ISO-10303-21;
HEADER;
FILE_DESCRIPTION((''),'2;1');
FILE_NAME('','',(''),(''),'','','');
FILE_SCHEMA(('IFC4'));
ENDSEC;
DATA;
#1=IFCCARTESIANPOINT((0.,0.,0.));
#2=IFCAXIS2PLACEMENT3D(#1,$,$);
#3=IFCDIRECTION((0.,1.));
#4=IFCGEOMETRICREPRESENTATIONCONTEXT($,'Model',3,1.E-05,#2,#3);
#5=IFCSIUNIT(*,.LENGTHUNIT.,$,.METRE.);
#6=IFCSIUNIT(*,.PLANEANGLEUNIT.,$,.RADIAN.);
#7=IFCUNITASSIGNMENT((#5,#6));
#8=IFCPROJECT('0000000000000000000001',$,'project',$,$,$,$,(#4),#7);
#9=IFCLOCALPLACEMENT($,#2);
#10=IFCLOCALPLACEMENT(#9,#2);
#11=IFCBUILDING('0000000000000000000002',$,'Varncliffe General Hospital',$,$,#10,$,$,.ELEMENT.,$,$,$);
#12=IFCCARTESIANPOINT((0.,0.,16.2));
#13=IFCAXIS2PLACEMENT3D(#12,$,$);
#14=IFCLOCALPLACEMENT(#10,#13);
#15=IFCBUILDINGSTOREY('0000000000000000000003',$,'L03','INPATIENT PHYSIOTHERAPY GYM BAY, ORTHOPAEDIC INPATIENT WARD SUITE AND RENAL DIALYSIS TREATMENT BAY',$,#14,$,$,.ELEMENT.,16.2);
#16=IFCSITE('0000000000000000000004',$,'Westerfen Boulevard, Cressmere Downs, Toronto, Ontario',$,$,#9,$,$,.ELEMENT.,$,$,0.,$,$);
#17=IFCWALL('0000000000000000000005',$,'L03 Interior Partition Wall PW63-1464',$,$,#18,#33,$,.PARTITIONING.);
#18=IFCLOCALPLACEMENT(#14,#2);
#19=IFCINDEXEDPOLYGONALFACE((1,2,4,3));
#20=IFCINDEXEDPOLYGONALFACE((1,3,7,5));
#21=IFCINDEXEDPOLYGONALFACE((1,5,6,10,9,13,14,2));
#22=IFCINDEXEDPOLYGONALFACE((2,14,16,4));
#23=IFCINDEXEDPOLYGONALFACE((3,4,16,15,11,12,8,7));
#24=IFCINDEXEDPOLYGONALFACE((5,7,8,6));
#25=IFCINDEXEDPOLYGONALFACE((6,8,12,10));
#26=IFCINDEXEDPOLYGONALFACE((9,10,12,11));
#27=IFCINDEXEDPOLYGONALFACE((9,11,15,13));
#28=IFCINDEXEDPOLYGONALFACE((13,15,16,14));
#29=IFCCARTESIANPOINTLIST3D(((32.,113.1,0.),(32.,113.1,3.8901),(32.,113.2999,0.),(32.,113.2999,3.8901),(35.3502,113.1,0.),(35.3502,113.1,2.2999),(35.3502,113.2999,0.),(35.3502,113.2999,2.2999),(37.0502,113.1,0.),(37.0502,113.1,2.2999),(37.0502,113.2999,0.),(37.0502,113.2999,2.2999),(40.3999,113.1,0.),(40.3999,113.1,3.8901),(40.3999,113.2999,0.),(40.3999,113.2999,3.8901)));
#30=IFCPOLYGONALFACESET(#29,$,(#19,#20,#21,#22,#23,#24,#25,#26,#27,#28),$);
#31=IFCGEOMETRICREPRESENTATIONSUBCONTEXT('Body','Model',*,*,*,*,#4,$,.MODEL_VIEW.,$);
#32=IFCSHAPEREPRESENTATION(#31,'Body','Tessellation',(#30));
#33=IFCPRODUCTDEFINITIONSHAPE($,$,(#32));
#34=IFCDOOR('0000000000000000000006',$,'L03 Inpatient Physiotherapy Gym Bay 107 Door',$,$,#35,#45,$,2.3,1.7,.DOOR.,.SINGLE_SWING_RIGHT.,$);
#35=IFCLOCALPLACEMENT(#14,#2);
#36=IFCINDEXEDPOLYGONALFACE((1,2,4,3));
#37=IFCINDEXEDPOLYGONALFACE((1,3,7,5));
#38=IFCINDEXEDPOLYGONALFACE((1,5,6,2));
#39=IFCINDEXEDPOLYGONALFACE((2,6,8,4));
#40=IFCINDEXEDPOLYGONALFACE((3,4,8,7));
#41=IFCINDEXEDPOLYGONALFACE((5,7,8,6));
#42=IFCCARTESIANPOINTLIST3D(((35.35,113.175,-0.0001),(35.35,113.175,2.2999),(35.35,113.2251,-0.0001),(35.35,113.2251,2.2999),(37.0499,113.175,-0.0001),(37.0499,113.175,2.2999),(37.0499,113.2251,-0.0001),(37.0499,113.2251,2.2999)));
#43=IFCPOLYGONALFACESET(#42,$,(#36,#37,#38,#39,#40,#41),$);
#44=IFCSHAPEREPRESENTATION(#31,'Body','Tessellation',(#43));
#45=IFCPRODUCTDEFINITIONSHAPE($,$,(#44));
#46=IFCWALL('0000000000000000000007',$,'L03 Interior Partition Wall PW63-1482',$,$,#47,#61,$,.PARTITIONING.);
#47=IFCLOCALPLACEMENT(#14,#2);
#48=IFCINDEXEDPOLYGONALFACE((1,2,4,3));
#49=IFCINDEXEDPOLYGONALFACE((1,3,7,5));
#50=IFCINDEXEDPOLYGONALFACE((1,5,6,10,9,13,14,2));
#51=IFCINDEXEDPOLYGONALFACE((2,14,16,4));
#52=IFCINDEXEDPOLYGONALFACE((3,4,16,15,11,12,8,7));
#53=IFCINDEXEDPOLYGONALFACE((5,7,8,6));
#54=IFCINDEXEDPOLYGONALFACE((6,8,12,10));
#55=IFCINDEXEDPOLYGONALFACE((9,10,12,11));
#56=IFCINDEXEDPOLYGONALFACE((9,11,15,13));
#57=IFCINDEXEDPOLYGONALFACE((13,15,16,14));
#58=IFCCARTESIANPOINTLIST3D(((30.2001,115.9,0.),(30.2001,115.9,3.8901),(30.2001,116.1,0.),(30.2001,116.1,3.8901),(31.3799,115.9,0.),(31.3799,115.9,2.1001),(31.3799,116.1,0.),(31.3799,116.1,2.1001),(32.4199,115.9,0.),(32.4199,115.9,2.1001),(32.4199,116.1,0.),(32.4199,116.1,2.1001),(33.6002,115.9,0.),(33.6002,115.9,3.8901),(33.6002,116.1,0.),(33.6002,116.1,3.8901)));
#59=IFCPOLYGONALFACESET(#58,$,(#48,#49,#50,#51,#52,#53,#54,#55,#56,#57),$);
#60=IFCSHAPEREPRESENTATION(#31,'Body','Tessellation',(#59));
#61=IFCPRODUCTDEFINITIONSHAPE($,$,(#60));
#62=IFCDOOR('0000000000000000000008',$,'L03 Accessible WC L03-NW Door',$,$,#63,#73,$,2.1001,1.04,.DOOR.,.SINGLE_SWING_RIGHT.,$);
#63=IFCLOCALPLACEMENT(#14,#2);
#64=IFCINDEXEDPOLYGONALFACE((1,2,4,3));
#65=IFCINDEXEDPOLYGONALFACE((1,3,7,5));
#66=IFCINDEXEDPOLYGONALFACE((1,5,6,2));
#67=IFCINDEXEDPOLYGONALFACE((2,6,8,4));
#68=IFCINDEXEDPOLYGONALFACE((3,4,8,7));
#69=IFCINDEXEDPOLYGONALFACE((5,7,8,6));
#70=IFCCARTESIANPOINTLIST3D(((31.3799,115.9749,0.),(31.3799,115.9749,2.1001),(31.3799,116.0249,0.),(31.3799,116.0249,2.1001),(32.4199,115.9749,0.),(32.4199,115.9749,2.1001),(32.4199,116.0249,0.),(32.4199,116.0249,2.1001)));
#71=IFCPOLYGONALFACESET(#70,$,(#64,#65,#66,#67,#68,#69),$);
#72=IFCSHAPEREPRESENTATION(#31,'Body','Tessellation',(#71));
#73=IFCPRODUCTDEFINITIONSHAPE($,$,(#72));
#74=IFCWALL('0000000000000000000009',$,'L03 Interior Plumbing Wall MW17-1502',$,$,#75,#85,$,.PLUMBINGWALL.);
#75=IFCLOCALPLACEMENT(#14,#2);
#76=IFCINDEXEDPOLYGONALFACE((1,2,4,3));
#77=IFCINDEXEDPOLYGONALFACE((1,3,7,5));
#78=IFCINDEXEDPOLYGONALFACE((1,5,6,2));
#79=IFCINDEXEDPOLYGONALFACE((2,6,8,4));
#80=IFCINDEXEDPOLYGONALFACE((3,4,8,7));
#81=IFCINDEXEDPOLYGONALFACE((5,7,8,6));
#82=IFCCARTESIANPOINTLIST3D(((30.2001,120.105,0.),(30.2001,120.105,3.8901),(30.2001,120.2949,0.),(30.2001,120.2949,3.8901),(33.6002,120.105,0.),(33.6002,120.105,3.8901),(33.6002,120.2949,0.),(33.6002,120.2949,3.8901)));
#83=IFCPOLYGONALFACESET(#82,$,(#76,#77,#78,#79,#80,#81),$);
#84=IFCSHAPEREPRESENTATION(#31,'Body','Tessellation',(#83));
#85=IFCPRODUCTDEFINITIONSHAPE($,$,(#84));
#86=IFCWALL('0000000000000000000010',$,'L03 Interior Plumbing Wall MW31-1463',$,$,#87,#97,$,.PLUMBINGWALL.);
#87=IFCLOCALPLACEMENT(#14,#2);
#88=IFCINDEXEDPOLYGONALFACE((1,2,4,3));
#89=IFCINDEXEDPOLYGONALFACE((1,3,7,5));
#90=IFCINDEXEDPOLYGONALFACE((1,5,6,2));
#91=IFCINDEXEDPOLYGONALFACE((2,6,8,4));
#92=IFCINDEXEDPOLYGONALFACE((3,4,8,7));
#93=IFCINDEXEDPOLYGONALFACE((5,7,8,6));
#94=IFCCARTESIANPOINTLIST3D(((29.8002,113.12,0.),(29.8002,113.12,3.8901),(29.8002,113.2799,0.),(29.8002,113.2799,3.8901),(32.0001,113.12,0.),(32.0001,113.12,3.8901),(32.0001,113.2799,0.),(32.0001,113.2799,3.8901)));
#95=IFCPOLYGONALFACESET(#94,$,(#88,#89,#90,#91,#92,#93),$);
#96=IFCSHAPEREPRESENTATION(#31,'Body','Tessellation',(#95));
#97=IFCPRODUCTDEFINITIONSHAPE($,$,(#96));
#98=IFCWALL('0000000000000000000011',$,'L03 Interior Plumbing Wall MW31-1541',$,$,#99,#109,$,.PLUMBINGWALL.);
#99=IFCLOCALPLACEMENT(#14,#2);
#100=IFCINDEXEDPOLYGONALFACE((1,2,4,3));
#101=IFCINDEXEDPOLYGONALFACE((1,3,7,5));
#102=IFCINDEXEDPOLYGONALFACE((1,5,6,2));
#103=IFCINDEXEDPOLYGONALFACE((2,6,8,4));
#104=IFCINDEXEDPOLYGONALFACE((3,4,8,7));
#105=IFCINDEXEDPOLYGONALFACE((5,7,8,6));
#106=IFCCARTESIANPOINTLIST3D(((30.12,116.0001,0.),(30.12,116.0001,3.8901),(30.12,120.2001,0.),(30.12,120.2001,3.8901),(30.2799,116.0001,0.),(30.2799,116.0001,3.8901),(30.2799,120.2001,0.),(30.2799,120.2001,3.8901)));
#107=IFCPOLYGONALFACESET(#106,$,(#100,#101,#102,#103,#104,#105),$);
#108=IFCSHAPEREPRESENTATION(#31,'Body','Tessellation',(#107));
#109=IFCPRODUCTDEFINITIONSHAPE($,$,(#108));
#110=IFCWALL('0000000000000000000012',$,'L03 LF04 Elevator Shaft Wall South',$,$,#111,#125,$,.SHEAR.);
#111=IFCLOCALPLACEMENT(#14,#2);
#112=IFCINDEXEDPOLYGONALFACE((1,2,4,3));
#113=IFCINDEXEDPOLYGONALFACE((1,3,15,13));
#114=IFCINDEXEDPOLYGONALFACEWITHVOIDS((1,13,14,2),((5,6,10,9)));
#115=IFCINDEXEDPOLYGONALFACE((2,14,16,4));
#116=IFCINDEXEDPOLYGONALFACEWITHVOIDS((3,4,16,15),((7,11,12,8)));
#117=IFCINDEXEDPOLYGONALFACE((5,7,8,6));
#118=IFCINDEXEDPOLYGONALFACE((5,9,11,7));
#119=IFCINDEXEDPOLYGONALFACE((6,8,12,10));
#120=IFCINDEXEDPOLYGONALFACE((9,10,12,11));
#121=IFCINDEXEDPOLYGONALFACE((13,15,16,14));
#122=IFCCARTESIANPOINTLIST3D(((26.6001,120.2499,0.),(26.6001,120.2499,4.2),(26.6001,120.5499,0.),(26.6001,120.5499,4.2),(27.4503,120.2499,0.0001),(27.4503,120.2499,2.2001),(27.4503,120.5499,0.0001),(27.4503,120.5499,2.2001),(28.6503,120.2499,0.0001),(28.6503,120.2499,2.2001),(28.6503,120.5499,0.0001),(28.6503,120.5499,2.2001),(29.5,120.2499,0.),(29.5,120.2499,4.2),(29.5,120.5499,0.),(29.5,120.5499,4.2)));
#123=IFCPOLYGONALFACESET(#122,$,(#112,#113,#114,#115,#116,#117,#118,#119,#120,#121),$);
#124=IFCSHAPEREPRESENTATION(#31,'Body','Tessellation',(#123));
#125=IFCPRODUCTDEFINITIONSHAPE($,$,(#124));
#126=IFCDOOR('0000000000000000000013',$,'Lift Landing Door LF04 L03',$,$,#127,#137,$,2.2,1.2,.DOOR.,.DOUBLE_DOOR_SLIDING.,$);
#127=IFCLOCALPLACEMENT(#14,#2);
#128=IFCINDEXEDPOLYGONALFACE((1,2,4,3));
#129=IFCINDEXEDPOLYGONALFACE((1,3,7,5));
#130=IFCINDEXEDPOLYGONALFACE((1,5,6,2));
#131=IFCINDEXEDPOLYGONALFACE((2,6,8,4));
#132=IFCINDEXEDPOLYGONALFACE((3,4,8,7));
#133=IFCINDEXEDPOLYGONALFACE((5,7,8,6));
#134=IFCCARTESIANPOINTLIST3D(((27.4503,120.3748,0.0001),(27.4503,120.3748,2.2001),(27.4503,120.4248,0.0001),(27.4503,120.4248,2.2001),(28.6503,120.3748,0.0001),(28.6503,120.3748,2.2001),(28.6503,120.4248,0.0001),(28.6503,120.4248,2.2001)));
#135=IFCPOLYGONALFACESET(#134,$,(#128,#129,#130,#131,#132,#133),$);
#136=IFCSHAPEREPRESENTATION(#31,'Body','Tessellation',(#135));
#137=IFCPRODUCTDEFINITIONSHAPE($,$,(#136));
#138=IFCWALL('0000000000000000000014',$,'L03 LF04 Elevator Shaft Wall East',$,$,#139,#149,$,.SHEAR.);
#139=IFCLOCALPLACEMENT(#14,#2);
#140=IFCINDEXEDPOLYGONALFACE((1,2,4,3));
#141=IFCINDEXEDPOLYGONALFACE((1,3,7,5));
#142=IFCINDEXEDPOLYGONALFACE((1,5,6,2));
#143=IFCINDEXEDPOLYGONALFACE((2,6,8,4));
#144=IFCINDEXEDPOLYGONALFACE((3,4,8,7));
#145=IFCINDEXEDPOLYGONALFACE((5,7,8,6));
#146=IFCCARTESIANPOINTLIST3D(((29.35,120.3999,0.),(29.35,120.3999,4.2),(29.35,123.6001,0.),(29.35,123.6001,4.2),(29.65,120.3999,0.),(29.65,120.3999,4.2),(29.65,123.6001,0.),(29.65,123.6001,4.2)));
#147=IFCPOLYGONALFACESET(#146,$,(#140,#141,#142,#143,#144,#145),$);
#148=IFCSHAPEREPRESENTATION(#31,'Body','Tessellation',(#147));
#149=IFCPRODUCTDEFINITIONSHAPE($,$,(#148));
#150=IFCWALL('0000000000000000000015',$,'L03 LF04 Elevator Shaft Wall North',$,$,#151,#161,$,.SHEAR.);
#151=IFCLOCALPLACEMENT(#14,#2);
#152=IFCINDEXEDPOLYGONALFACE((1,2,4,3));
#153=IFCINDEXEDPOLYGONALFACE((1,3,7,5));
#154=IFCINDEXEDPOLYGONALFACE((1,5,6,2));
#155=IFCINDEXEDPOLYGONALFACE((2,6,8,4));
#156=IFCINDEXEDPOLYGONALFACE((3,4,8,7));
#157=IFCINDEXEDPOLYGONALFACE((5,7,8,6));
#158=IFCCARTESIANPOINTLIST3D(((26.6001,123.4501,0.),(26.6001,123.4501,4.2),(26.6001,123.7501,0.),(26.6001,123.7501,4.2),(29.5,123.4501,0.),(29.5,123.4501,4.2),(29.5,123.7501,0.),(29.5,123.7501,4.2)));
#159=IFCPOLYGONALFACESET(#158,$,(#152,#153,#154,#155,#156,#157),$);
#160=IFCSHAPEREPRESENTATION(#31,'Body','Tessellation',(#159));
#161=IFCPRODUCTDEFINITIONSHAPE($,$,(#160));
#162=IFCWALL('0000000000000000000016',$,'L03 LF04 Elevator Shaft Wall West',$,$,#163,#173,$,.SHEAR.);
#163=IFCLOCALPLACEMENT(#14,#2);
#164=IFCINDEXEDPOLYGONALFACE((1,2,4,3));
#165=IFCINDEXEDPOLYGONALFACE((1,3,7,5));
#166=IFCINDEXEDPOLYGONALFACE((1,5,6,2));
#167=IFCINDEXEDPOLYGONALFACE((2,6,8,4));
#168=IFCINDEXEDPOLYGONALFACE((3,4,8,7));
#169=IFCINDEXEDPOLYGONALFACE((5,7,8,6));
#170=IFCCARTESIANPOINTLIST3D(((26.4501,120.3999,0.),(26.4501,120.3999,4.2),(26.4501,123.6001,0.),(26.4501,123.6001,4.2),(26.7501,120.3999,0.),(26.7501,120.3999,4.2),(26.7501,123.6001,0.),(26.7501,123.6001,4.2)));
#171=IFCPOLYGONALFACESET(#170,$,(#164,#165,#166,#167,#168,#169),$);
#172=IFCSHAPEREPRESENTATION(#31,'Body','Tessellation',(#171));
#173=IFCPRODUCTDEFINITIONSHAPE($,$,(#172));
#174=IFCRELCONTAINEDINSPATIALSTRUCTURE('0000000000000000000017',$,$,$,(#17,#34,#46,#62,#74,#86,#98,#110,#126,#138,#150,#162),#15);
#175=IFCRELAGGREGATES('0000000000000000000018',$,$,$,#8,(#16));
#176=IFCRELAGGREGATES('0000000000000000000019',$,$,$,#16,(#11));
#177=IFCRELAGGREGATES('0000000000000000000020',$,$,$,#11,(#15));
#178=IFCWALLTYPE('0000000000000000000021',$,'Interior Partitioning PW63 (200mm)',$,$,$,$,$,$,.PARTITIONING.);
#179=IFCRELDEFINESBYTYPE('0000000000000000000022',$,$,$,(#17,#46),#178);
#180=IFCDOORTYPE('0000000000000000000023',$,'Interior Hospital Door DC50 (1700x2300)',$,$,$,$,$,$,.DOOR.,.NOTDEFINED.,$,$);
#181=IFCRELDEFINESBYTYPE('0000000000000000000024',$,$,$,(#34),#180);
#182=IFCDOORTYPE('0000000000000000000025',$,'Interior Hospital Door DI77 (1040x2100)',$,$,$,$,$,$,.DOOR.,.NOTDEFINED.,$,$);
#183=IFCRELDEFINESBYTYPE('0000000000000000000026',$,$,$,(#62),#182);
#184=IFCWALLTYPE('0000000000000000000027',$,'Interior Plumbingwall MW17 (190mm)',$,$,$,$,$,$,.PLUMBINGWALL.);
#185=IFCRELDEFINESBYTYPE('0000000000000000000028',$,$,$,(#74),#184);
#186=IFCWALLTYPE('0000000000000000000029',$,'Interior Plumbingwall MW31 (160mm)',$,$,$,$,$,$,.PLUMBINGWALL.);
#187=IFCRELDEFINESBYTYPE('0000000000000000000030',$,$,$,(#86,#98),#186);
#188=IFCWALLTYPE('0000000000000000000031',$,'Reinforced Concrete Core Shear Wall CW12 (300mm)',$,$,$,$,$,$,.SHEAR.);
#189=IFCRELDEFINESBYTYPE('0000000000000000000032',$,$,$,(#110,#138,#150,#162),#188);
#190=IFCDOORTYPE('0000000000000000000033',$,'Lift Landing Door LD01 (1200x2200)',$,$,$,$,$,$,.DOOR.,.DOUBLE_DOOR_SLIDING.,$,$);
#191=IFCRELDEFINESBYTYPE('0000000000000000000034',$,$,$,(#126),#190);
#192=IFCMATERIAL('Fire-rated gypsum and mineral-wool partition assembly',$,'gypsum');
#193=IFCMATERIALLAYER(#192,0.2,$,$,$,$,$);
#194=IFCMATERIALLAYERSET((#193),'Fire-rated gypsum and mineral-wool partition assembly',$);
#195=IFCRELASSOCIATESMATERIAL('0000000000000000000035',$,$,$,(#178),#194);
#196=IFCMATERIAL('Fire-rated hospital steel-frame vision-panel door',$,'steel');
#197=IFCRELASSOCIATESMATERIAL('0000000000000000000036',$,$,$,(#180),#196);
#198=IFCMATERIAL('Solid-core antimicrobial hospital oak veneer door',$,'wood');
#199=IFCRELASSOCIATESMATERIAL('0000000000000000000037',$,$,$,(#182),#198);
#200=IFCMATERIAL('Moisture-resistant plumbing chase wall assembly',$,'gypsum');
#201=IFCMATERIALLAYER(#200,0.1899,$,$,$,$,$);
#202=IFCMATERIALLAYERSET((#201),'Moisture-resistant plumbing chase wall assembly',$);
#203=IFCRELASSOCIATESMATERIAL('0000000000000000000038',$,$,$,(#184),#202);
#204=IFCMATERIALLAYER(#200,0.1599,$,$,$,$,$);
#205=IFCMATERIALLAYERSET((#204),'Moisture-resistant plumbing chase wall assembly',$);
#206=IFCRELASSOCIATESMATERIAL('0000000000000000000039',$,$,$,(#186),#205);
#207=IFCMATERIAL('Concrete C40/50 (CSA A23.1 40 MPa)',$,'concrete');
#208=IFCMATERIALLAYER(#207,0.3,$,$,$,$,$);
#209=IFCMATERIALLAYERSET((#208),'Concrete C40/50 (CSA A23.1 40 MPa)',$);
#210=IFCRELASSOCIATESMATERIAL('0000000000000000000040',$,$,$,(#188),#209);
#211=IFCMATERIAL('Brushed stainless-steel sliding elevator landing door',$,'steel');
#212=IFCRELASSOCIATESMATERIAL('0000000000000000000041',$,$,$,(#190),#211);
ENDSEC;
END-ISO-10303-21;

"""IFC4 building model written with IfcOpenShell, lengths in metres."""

from ifc_helpers import new_model, si_unit, direction, frame, frame_2d, origin, place, context, subcontext, project, spatial, rectangle, extrude, material, layer, layer_set, type_object, element, fill, save


model = new_model("IFC4")

# Units and contexts
model_context = context("Model", 3, precision=1e-05, world=origin(), true_north=direction((0.0, 1.0)))
body_context = subcontext(model_context, "Body", "Model", "MODEL_VIEW")
ifc_project = project(units=[si_unit("LENGTHUNIT", "METRE"), si_unit("PLANEANGLEUNIT", "RADIAN")], contexts=[model_context])

# Site, building, storey
site_placement = place(None, origin())
site = spatial("IfcSite", under=ifc_project, at=site_placement, Name="Westerfen Boulevard, Cressmere Downs, Toronto, Ontario", CompositionType="ELEMENT", RefElevation=0.0)
building_placement = place(site_placement, origin())
building = spatial("IfcBuilding", under=site, at=building_placement, Name="Varncliffe General Hospital", CompositionType="ELEMENT")
storey_placement = place(building_placement, frame((0.0, 0.0, 16.2)))
storey = spatial("IfcBuildingStorey", under=building, at=storey_placement, Name="L03", Description="INPATIENT PHYSIOTHERAPY GYM BAY, ORTHOPAEDIC INPATIENT WARD SUITE AND RENAL DIALYSIS TREATMENT BAY", CompositionType="ELEMENT", Elevation=16.2)

# Shared definitions
ifc_material_1 = material(Name="Concrete C40/50 (CSA A23.1 40 MPa)", Category="concrete")

# Walls, openings, doors
ifc_material_2 = material(Name="Fire-rated gypsum and mineral-wool partition assembly", Category="gypsum")
ifc_layer_1 = layer(ifc_material_2, 0.2)
ifc_layer_set_1 = layer_set([ifc_layer_1], Name="Fire-rated gypsum and mineral-wool partition assembly")
wall_type_1 = type_object("IfcWallType", Name="Interior Partitioning PW63 (200mm)", PredefinedType="PARTITIONING", material=ifc_layer_set_1)
wall_1_placement = place(storey_placement, frame((32.0, 113.2, 0.0), z_axis=(0.0, 0.0, 1.0), x_axis=(1.0, 0.0, 0.0)))
wall_1 = element("IfcWall", 1, at=wall_1_placement, inside=storey, type_object=wall_type_1, Name="L03 Interior Partition Wall PW63-1464", PredefinedType="PARTITIONING", context=body_context, shape_type="SweptSolid", body=[
    extrude(rectangle(XDim=8.3999, YDim=0.2, at=frame_2d((4.2, 0.0))), origin(), (0.0, 0.0, 1.0), 3.8901),
])
opening_1_placement = place(wall_1_placement, frame((3.3501, 0.0, 0.0)))
opening_1 = element("IfcOpeningElement", 2, at=opening_1_placement, cuts=wall_1, PredefinedType="OPENING", context=body_context, shape_type="SweptSolid", body=[
    extrude(rectangle(XDim=1.7, YDim=2.3, at=frame_2d((0.8501, 1.1499))), frame((0.0, 0.1099, 0.0), z_axis=(0.0, -1.0, 0.0), x_axis=(1.0, 0.0, 0.0)), (0.0, 0.0, 1.0), 0.22),
])
ifc_material_3 = material(Name="Fire-rated hospital steel-frame vision-panel door", Category="steel")
door_type_1 = type_object("IfcDoorType", Name="Interior Hospital Door DC50 (1700x2300)", OperationType="NOTDEFINED", PredefinedType="DOOR", material=ifc_material_3)
door_1_placement = place(opening_1_placement, frame((1.7, 0.0, 0.0), z_axis=(0.0, 0.0, 1.0), x_axis=(-1.0, 0.0, 0.0)))
door_1 = element("IfcDoor", 3, at=door_1_placement, inside=storey, type_object=door_type_1, Name="L03 Inpatient Physiotherapy Gym Bay 107 Door", OperationType="SINGLE_SWING_RIGHT", OverallHeight=2.3, OverallWidth=1.7, PredefinedType="DOOR", context=body_context, shape_type="SweptSolid", body=[
    extrude(rectangle(XDim=1.7, YDim=2.3, at=frame_2d((0.8501, 1.1499))), frame((0.0, 0.0249, 0.0), z_axis=(0.0, -1.0, 0.0), x_axis=(1.0, 0.0, 0.0)), (0.0, 0.0, 1.0), 0.05),
])
fill(opening_1, door_1)
wall_2_placement = place(storey_placement, frame((30.2, 116.0, 0.0), z_axis=(0.0, 0.0, 1.0), x_axis=(1.0, 0.0, 0.0)))
wall_2 = element("IfcWall", 4, at=wall_2_placement, inside=storey, type_object=wall_type_1, Name="L03 Interior Partition Wall PW63-1482", PredefinedType="PARTITIONING", context=body_context, shape_type="SweptSolid", body=[
    extrude(rectangle(XDim=3.4001, YDim=0.2, at=frame_2d((1.7002, 0.0))), origin(), (0.0, 0.0, 1.0), 3.8901),
])
opening_2_placement = place(wall_2_placement, frame((1.1799, 0.0, 0.0)))
opening_2 = element("IfcOpeningElement", 5, at=opening_2_placement, cuts=wall_2, PredefinedType="OPENING", context=body_context, shape_type="SweptSolid", body=[
    extrude(rectangle(XDim=1.04, YDim=2.1001, at=frame_2d((0.52, 1.05))), frame((0.0, 0.1099, 0.0), z_axis=(0.0, -1.0, 0.0), x_axis=(1.0, 0.0, 0.0)), (0.0, 0.0, 1.0), 0.22),
])
ifc_material_4 = material(Name="Solid-core antimicrobial hospital oak veneer door", Category="wood")
door_type_2 = type_object("IfcDoorType", Name="Interior Hospital Door DI77 (1040x2100)", OperationType="NOTDEFINED", PredefinedType="DOOR", material=ifc_material_4)
door_2_placement = place(opening_2_placement, origin())
door_2 = element("IfcDoor", 6, at=door_2_placement, inside=storey, type_object=door_type_2, Name="L03 Accessible WC L03-NW Door", OperationType="SINGLE_SWING_RIGHT", OverallHeight=2.1001, OverallWidth=1.04, PredefinedType="DOOR", context=body_context, shape_type="SweptSolid", body=[
    extrude(rectangle(XDim=1.04, YDim=2.1001, at=frame_2d((0.52, 1.05))), frame((0.0, 0.0249, 0.0), z_axis=(0.0, -1.0, 0.0), x_axis=(1.0, 0.0, 0.0)), (0.0, 0.0, 1.0), 0.05),
])
fill(opening_2, door_2)

# Walls
ifc_material_5 = material(Name="Moisture-resistant plumbing chase wall assembly", Category="gypsum")
ifc_layer_2 = layer(ifc_material_5, 0.1899)
ifc_layer_set_2 = layer_set([ifc_layer_2], Name="Moisture-resistant plumbing chase wall assembly")
wall_type_2 = type_object("IfcWallType", Name="Interior Plumbingwall MW17 (190mm)", PredefinedType="PLUMBINGWALL", material=ifc_layer_set_2)
wall_3_placement = place(storey_placement, frame((30.2, 120.2, 0.0), z_axis=(0.0, 0.0, 1.0), x_axis=(1.0, 0.0, 0.0)))
element("IfcWall", 7, at=wall_3_placement, inside=storey, type_object=wall_type_2, Name="L03 Interior Plumbing Wall MW17-1502", PredefinedType="PLUMBINGWALL", context=body_context, shape_type="SweptSolid", body=[
    extrude(rectangle(XDim=3.4001, YDim=0.1899, at=frame_2d((1.7002, 0.0))), origin(), (0.0, 0.0, 1.0), 3.8901),
])
ifc_layer_3 = layer(ifc_material_5, 0.1599)
ifc_layer_set_3 = layer_set([ifc_layer_3], Name="Moisture-resistant plumbing chase wall assembly")
wall_type_3 = type_object("IfcWallType", Name="Interior Plumbingwall MW31 (160mm)", PredefinedType="PLUMBINGWALL", material=ifc_layer_set_3)
wall_4_placement = place(storey_placement, frame((29.8, 113.2, 0.0), z_axis=(0.0, 0.0, 1.0), x_axis=(1.0, 0.0, 0.0)))
element("IfcWall", 8, at=wall_4_placement, inside=storey, type_object=wall_type_3, Name="L03 Interior Plumbing Wall MW31-1463", PredefinedType="PLUMBINGWALL", context=body_context, shape_type="SweptSolid", body=[
    extrude(rectangle(XDim=2.2, YDim=0.1599, at=frame_2d((1.1001, 0.0))), origin(), (0.0, 0.0, 1.0), 3.8901),
])
wall_5_placement = place(storey_placement, frame((30.2, 116.0, 0.0), z_axis=(0.0, 0.0, 1.0), x_axis=(0.0, 1.0, 0.0)))
element("IfcWall", 9, at=wall_5_placement, inside=storey, type_object=wall_type_3, Name="L03 Interior Plumbing Wall MW31-1541", PredefinedType="PLUMBINGWALL", context=body_context, shape_type="SweptSolid", body=[
    extrude(rectangle(XDim=4.2, YDim=0.1599, at=frame_2d((2.1001, 0.0))), origin(), (0.0, 0.0, 1.0), 3.8901),
])

# Wall, opening, door
ifc_layer_4 = layer(ifc_material_1, 0.3)
ifc_layer_set_4 = layer_set([ifc_layer_4], Name="Concrete C40/50 (CSA A23.1 40 MPa)")
wall_type_4 = type_object("IfcWallType", Name="Reinforced Concrete Core Shear Wall CW12 (300mm)", PredefinedType="SHEAR", material=ifc_layer_set_4)
wall_6_placement = place(storey_placement, frame((26.6001, 120.3999, 0.0), z_axis=(0.0, 0.0, 1.0), x_axis=(1.0, 0.0, 0.0)))
wall_6 = element("IfcWall", 10, at=wall_6_placement, inside=storey, type_object=wall_type_4, Name="L03 LF04 Elevator Shaft Wall South", PredefinedType="SHEAR", context=body_context, shape_type="SweptSolid", body=[
    extrude(rectangle(XDim=2.8999, YDim=0.3, at=frame_2d((1.45, 0.0))), origin(), (0.0, 0.0, 1.0), 4.2),
])
opening_3_placement = place(wall_6_placement, frame((0.8501, 0.0, 0.0)))
opening_3 = element("IfcOpeningElement", 11, at=opening_3_placement, cuts=wall_6, PredefinedType="OPENING", context=body_context, shape_type="SweptSolid", body=[
    extrude(rectangle(XDim=1.2, YDim=2.2, at=frame_2d((0.6001, 1.1001))), frame((0.0, 0.1602, 0.0), z_axis=(0.0, -1.0, 0.0), x_axis=(1.0, 0.0, 0.0)), (0.0, 0.0, 1.0), 0.3201),
])
ifc_material_6 = material(Name="Brushed stainless-steel sliding elevator landing door", Category="steel")
door_type_3 = type_object("IfcDoorType", Name="Lift Landing Door LD01 (1200x2200)", OperationType="DOUBLE_DOOR_SLIDING", PredefinedType="DOOR", material=ifc_material_6)
door_3_placement = place(opening_3_placement, origin())
door_3 = element("IfcDoor", 12, at=door_3_placement, inside=storey, type_object=door_type_3, Name="Lift Landing Door LF04 L03", OperationType="DOUBLE_DOOR_SLIDING", OverallHeight=2.2, OverallWidth=1.2, PredefinedType="DOOR", context=body_context, shape_type="SweptSolid", body=[
    extrude(rectangle(XDim=1.2, YDim=2.2, at=frame_2d((0.6001, 1.1001))), frame((0.0, 0.0249, 0.0), z_axis=(0.0, -1.0, 0.0), x_axis=(1.0, 0.0, 0.0)), (0.0, 0.0, 1.0), 0.05),
])
fill(opening_3, door_3)

# Walls
wall_7_placement = place(storey_placement, frame((29.5, 120.3999, 0.0), z_axis=(0.0, 0.0, 1.0), x_axis=(0.0, 1.0, 0.0)))
element("IfcWall", 13, at=wall_7_placement, inside=storey, type_object=wall_type_4, Name="L03 LF04 Elevator Shaft Wall East", PredefinedType="SHEAR", context=body_context, shape_type="SweptSolid", body=[
    extrude(rectangle(XDim=3.2002, YDim=0.3, at=frame_2d((1.6001, 0.0))), origin(), (0.0, 0.0, 1.0), 4.2),
])
wall_8_placement = place(storey_placement, frame((29.5, 123.6001, 0.0), z_axis=(0.0, 0.0, 1.0), x_axis=(-1.0, 0.0, 0.0)))
element("IfcWall", 14, at=wall_8_placement, inside=storey, type_object=wall_type_4, Name="L03 LF04 Elevator Shaft Wall North", PredefinedType="SHEAR", context=body_context, shape_type="SweptSolid", body=[
    extrude(rectangle(XDim=2.8999, YDim=0.3, at=frame_2d((1.45, 0.0))), origin(), (0.0, 0.0, 1.0), 4.2),
])
wall_9_placement = place(storey_placement, frame((26.6001, 123.6001, 0.0), z_axis=(0.0, 0.0, 1.0), x_axis=(0.0, -1.0, 0.0)))
element("IfcWall", 15, at=wall_9_placement, inside=storey, type_object=wall_type_4, Name="L03 LF04 Elevator Shaft Wall West", PredefinedType="SHEAR", context=body_context, shape_type="SweptSolid", body=[
    extrude(rectangle(XDim=3.2002, YDim=0.3, at=frame_2d((1.6001, 0.0))), origin(), (0.0, 0.0, 1.0), 4.2),
])

save(model, "model.ifc")
